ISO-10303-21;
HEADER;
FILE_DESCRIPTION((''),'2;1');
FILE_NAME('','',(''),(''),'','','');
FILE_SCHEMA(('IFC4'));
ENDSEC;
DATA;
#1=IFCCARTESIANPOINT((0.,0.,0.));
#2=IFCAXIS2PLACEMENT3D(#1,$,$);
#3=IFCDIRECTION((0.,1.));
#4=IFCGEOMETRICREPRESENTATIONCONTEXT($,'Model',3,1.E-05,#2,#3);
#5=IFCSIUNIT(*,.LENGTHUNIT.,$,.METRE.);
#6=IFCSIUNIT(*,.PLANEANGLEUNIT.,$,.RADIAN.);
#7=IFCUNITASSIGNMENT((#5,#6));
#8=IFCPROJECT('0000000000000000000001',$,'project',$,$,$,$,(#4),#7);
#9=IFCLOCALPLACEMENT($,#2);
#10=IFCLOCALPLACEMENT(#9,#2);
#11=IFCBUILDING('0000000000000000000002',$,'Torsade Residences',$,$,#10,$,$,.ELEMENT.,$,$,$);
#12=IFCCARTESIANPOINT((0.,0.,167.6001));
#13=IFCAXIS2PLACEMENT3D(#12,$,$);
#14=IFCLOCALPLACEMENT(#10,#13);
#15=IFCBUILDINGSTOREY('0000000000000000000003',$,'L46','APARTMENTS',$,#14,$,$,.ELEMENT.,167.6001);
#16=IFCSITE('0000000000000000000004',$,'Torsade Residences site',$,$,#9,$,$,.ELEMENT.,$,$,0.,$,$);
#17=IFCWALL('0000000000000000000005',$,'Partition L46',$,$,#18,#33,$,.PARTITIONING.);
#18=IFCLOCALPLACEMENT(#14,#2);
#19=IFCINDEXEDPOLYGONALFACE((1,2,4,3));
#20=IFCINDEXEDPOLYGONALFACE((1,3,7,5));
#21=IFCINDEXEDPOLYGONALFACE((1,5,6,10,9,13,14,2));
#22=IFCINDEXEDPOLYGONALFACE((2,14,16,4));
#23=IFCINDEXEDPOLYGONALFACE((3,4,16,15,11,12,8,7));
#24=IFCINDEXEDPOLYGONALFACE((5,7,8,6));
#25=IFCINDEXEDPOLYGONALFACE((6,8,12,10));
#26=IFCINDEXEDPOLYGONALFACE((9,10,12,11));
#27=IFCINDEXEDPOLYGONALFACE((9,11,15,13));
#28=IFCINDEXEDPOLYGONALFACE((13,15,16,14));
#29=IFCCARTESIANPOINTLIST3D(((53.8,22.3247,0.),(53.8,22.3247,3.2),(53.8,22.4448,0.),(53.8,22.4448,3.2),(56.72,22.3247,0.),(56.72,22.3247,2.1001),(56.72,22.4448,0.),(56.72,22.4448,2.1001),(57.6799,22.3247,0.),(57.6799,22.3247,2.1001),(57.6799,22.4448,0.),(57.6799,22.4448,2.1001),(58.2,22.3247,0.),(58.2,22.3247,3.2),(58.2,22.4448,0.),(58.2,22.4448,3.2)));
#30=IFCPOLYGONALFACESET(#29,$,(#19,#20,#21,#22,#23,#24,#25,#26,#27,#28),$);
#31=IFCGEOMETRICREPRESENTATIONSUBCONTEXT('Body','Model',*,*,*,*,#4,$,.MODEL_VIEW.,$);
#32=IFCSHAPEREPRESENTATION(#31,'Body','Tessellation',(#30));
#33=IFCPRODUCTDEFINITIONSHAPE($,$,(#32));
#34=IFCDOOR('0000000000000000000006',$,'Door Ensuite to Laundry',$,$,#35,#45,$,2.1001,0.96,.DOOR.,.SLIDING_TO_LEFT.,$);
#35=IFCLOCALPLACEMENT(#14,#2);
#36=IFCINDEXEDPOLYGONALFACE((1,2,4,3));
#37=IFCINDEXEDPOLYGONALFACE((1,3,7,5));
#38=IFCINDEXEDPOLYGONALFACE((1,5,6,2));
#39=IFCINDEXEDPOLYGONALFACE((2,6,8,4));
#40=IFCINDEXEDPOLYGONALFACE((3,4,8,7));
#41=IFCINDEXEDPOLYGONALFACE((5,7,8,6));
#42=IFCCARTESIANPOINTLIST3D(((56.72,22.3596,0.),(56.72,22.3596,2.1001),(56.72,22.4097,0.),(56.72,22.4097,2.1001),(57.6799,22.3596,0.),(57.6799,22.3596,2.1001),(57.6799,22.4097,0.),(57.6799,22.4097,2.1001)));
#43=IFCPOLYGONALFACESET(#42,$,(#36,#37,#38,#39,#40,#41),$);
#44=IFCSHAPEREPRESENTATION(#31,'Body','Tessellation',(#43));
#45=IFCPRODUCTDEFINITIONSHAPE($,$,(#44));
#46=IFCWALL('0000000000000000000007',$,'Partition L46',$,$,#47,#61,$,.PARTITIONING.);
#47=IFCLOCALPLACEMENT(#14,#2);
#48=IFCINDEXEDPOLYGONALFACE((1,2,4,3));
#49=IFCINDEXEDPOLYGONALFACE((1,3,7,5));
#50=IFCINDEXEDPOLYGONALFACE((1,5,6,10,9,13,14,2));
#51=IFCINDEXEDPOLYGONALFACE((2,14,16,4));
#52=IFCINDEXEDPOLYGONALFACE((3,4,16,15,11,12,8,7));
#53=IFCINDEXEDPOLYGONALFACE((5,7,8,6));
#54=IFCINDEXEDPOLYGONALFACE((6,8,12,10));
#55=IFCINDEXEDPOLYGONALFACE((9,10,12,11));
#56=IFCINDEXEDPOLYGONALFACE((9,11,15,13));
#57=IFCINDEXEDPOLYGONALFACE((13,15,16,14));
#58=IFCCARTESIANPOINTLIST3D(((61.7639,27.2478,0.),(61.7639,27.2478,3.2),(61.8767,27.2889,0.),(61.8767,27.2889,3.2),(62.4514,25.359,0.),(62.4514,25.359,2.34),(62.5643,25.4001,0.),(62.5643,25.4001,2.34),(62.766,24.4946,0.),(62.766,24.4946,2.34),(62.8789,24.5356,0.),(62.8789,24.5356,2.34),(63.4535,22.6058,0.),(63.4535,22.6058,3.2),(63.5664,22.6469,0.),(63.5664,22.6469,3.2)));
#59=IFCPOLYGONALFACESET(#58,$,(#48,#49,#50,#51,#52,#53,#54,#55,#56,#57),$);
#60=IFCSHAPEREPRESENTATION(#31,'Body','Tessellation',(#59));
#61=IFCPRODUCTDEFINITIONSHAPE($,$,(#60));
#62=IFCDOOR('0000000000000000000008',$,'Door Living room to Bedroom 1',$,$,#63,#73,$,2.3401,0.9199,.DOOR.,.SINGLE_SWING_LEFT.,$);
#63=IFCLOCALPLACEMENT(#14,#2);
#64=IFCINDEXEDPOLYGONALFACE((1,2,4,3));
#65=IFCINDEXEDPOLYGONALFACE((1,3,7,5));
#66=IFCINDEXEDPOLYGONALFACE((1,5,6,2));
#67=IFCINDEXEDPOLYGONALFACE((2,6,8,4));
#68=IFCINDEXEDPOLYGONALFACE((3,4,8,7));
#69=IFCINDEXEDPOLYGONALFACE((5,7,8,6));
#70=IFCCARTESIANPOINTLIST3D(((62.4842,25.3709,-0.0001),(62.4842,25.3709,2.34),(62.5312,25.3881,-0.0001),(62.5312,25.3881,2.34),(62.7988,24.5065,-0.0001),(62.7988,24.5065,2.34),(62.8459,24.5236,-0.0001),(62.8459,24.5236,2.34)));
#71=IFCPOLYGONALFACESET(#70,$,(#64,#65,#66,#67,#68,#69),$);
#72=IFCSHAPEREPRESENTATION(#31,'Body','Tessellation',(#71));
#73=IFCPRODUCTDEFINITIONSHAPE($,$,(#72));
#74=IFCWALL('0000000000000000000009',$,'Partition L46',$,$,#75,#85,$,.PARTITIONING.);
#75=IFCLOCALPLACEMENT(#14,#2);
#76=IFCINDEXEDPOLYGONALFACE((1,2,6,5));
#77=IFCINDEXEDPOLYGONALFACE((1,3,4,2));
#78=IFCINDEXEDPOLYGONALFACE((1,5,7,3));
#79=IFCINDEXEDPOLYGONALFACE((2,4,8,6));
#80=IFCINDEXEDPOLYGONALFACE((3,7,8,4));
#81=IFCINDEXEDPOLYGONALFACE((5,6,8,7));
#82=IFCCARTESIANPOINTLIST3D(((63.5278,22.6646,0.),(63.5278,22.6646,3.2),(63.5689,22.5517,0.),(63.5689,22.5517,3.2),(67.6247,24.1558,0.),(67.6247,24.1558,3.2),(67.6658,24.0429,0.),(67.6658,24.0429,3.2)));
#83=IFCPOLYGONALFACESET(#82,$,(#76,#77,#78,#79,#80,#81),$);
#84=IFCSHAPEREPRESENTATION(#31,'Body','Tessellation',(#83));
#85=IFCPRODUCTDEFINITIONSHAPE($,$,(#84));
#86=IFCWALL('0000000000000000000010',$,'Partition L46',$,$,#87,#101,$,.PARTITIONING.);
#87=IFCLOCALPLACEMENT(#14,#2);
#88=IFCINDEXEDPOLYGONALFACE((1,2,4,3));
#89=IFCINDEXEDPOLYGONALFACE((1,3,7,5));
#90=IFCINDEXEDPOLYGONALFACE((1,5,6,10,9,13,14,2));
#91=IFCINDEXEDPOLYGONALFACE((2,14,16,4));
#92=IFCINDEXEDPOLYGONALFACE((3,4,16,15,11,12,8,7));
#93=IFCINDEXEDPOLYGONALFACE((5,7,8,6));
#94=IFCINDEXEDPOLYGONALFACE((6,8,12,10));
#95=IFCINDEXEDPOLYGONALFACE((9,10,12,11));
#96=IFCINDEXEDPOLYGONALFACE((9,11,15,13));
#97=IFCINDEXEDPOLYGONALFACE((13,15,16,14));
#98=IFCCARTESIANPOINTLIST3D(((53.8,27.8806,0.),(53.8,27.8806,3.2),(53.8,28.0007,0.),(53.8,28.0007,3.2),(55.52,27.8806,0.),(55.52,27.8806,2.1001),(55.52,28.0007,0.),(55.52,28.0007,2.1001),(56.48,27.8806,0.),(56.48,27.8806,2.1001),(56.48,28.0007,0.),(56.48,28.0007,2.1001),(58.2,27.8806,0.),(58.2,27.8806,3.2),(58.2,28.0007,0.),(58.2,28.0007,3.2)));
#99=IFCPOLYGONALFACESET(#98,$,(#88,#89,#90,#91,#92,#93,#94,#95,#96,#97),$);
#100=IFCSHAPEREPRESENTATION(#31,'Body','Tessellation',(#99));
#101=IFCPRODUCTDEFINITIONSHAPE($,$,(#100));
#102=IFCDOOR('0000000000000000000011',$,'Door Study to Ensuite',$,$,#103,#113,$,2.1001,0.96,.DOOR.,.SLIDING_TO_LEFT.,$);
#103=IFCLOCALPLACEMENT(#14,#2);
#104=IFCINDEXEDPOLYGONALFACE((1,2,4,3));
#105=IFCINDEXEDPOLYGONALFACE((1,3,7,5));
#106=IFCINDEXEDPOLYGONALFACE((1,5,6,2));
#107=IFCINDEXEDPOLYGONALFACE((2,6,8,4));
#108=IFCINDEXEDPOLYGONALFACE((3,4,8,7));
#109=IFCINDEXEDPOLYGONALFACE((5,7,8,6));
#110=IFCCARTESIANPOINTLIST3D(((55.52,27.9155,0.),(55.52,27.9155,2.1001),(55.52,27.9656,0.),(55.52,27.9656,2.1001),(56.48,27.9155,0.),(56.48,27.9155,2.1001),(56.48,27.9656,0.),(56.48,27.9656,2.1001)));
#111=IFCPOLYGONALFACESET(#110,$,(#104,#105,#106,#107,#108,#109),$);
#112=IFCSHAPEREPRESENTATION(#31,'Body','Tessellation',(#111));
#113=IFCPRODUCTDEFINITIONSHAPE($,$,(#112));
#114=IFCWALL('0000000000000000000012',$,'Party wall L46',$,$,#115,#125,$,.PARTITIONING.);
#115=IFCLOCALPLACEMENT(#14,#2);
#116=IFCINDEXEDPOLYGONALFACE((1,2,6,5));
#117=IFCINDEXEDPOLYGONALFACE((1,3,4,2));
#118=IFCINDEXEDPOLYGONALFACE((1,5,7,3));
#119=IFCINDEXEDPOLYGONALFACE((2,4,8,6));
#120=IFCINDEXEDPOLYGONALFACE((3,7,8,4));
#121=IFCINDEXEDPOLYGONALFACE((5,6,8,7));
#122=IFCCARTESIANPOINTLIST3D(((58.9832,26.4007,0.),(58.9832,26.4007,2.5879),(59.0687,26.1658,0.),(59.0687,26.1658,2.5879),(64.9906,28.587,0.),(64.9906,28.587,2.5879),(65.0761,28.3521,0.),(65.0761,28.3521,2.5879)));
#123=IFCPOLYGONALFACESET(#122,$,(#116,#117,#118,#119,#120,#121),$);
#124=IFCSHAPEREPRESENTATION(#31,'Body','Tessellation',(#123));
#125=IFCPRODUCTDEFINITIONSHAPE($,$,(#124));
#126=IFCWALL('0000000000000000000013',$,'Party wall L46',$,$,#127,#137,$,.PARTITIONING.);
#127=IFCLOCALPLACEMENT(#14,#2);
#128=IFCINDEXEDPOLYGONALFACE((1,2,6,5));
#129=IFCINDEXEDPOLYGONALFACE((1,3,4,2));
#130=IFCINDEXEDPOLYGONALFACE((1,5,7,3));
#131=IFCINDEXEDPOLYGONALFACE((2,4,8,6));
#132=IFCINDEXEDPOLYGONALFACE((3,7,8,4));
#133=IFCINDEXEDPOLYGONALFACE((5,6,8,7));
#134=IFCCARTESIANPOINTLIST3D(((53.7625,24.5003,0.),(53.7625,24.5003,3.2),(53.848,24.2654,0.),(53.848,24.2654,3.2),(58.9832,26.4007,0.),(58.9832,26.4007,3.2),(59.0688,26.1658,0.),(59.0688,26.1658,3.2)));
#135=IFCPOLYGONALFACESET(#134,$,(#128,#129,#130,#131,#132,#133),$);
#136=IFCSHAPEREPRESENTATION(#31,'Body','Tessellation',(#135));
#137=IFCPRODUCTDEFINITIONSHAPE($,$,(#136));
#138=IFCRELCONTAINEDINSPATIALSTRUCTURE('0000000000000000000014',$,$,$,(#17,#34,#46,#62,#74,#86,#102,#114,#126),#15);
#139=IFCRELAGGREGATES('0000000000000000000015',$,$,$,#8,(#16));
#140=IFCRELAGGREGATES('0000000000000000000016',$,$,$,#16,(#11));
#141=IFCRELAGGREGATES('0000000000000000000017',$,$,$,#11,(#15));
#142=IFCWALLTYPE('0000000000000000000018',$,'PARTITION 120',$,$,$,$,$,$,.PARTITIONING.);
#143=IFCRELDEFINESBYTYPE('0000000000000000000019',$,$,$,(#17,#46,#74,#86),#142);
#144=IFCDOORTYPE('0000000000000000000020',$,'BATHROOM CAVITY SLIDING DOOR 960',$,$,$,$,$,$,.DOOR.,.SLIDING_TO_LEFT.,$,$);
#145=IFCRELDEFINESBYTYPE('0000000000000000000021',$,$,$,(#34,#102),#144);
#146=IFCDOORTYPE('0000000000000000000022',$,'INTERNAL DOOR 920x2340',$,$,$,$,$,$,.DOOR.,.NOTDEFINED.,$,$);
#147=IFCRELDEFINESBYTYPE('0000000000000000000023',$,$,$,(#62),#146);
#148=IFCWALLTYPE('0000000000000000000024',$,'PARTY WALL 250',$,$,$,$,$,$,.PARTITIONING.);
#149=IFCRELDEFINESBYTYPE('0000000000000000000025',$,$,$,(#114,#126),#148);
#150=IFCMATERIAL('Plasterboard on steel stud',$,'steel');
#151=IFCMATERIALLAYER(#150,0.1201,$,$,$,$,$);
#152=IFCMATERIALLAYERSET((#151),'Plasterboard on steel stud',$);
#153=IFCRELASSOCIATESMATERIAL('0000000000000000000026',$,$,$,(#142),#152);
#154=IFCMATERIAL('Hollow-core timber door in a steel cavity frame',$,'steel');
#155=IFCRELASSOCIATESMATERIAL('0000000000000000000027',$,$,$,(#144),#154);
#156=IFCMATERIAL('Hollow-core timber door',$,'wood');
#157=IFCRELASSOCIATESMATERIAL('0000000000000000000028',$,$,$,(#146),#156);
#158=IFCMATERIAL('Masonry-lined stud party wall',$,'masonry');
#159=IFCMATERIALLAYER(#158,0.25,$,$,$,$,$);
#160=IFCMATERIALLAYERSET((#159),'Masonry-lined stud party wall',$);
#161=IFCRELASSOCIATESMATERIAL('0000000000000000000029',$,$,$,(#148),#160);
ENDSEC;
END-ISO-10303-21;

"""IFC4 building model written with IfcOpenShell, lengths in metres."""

from ifc_helpers import new_model, si_unit, direction, frame, frame_2d, origin, place, context, subcontext, project, spatial, rectangle, extrude, material, layer, layer_set, type_object, element, fill, save


model = new_model("IFC4")

# Units and contexts
model_context = context("Model", 3, precision=1e-05, world=origin(), true_north=direction((0.0, 1.0)))
body_context = subcontext(model_context, "Body", "Model", "MODEL_VIEW")
ifc_project = project(units=[si_unit("LENGTHUNIT", "METRE"), si_unit("PLANEANGLEUNIT", "RADIAN")], contexts=[model_context])

# Site, building, storey
site_placement = place(None, origin())
site = spatial("IfcSite", under=ifc_project, at=site_placement, Name="Torsade Residences site", CompositionType="ELEMENT", RefElevation=0.0)
building_placement = place(site_placement, origin())
building = spatial("IfcBuilding", under=site, at=building_placement, Name="Torsade Residences", CompositionType="ELEMENT")
storey_placement = place(building_placement, frame((0.0, 0.0, 167.6001)))
storey = spatial("IfcBuildingStorey", under=building, at=storey_placement, Name="L46", Description="APARTMENTS", CompositionType="ELEMENT", Elevation=167.6001)

# Walls, openings, doors
ifc_material_1 = material(Name="Plasterboard on steel stud", Category="steel")
ifc_layer_1 = layer(ifc_material_1, 0.1201)
ifc_layer_set_1 = layer_set([ifc_layer_1], Name="Plasterboard on steel stud")
wall_type_1 = type_object("IfcWallType", Name="PARTITION 120", PredefinedType="PARTITIONING", material=ifc_layer_set_1)
ifc_material_2 = material(Name="Hollow-core timber door in a steel cavity frame", Category="steel")
door_type_1 = type_object("IfcDoorType", Name="BATHROOM CAVITY SLIDING DOOR 960", OperationType="SLIDING_TO_LEFT", PredefinedType="DOOR", material=ifc_material_2)
wall_1_placement = place(storey_placement, frame((53.8, 22.3848, 0.0), z_axis=(0.0, 0.0, 1.0), x_axis=(1.0, 0.0, 0.0)))
wall_1 = element("IfcWall", 1, at=wall_1_placement, inside=storey, type_object=wall_type_1, Name="Partition L46", PredefinedType="PARTITIONING", context=body_context, shape_type="SweptSolid", body=[
    extrude(rectangle(XDim=4.3999, YDim=0.1201, at=frame_2d((2.2, 0.0))), origin(), (0.0, 0.0, 1.0), 3.2),
])
opening_1_placement = place(wall_1_placement, frame((2.9199, 0.0, 0.0)))
opening_1 = element("IfcOpeningElement", 2, at=opening_1_placement, cuts=wall_1, PredefinedType="OPENING", context=body_context, shape_type="SweptSolid", body=[
    extrude(rectangle(XDim=0.96, YDim=2.1001, at=frame_2d((0.48, 1.05))), frame((0.0, 0.0701, 0.0), z_axis=(0.0, -1.0, 0.0), x_axis=(1.0, 0.0, 0.0)), (0.0, 0.0, 1.0), 0.1401),
])
door_1_placement = place(opening_1_placement, origin())
door_1 = element("IfcDoor", 3, at=door_1_placement, inside=storey, type_object=door_type_1, Name="Door Ensuite to Laundry", OperationType="SLIDING_TO_LEFT", OverallHeight=2.1001, OverallWidth=0.96, PredefinedType="DOOR", context=body_context, shape_type="SweptSolid", body=[
    extrude(rectangle(XDim=0.96, YDim=2.1001, at=frame_2d((0.48, 1.05))), frame((0.0, 0.0249, 0.0), z_axis=(0.0, -1.0, 0.0), x_axis=(1.0, 0.0, 0.0)), (0.0, 0.0, 1.0), 0.05),
])
fill(opening_1, door_1)
wall_2_placement = place(storey_placement, frame((61.8203, 27.2683, 0.0), z_axis=(0.0, 0.0, 1.0), x_axis=(0.342041, -0.939685, 0.0)))
wall_2 = element("IfcWall", 4, at=wall_2_placement, inside=storey, type_object=wall_type_1, Name="Partition L46", PredefinedType="PARTITIONING", context=body_context, shape_type="SweptSolid", body=[
    extrude(rectangle(XDim=4.9399, YDim=0.1201, at=frame_2d((2.47, 0.0))), origin(), (0.0, 0.0, 1.0), 3.2),
])
opening_2_placement = place(wall_2_placement, frame((2.01, 0.0, 0.0)))
opening_2 = element("IfcOpeningElement", 5, at=opening_2_placement, cuts=wall_2, PredefinedType="OPENING", context=body_context, shape_type="SweptSolid", body=[
    extrude(rectangle(XDim=0.9199, YDim=2.3401, at=frame_2d((0.46, 1.1699))), frame((0.0, 0.0701, 0.0), z_axis=(0.0, -1.0, 0.0), x_axis=(1.0, 0.0, 0.0)), (0.0, 0.0, 1.0), 0.1401),
])
ifc_material_3 = material(Name="Hollow-core timber door", Category="wood")
door_type_2 = type_object("IfcDoorType", Name="INTERNAL DOOR 920x2340", OperationType="NOTDEFINED", PredefinedType="DOOR", material=ifc_material_3)
door_2_placement = place(opening_2_placement, origin())
door_2 = element("IfcDoor", 6, at=door_2_placement, inside=storey, type_object=door_type_2, Name="Door Living room to Bedroom 1", OperationType="SINGLE_SWING_LEFT", OverallHeight=2.3401, OverallWidth=0.9199, PredefinedType="DOOR", context=body_context, shape_type="SweptSolid", body=[
    extrude(rectangle(XDim=0.9199, YDim=2.3401, at=frame_2d((0.46, 1.1699))), frame((0.0, 0.0249, 0.0), z_axis=(0.0, -1.0, 0.0), x_axis=(1.0, 0.0, 0.0)), (0.0, 0.0, 1.0), 0.05),
])
fill(opening_2, door_2)

# Wall
wall_3_placement = place(storey_placement, frame((63.5483, 22.6082, 0.0), z_axis=(0.0, 0.0, 1.0), x_axis=(0.939689, 0.342031, 0.0)))
element("IfcWall", 7, at=wall_3_placement, inside=storey, type_object=wall_type_1, Name="Partition L46", PredefinedType="PARTITIONING", context=body_context, shape_type="SweptSolid", body=[
    extrude(rectangle(XDim=4.3599, YDim=0.1201, at=frame_2d((2.1799, 0.0))), origin(), (0.0, 0.0, 1.0), 3.2),
])

# Wall, opening, door
wall_4_placement = place(storey_placement, frame((53.8, 27.9407, 0.0), z_axis=(0.0, 0.0, 1.0), x_axis=(1.0, 0.0, 0.0)))
wall_4 = element("IfcWall", 8, at=wall_4_placement, inside=storey, type_object=wall_type_1, Name="Partition L46", PredefinedType="PARTITIONING", context=body_context, shape_type="SweptSolid", body=[
    extrude(rectangle(XDim=4.3999, YDim=0.1201, at=frame_2d((2.2, 0.0))), origin(), (0.0, 0.0, 1.0), 3.2),
])
opening_3_placement = place(wall_4_placement, frame((1.72, 0.0, 0.0)))
opening_3 = element("IfcOpeningElement", 9, at=opening_3_placement, cuts=wall_4, PredefinedType="OPENING", context=body_context, shape_type="SweptSolid", body=[
    extrude(rectangle(XDim=0.96, YDim=2.1001, at=frame_2d((0.48, 1.05))), frame((0.0, 0.0701, 0.0), z_axis=(0.0, -1.0, 0.0), x_axis=(1.0, 0.0, 0.0)), (0.0, 0.0, 1.0), 0.1401),
])
door_3_placement = place(opening_3_placement, origin())
door_3 = element("IfcDoor", 10, at=door_3_placement, inside=storey, type_object=door_type_1, Name="Door Study to Ensuite", OperationType="SLIDING_TO_LEFT", OverallHeight=2.1001, OverallWidth=0.96, PredefinedType="DOOR", context=body_context, shape_type="SweptSolid", body=[
    extrude(rectangle(XDim=0.96, YDim=2.1001, at=frame_2d((0.48, 1.05))), frame((0.0, 0.0249, 0.0), z_axis=(0.0, -1.0, 0.0), x_axis=(1.0, 0.0, 0.0)), (0.0, 0.0, 1.0), 0.05),
])
fill(opening_3, door_3)

# Walls
ifc_material_4 = material(Name="Masonry-lined stud party wall", Category="masonry")
ifc_layer_2 = layer(ifc_material_4, 0.25)
ifc_layer_set_2 = layer_set([ifc_layer_2], Name="Masonry-lined stud party wall")
wall_type_2 = type_object("IfcWallType", Name="PARTY WALL 250", PredefinedType="PARTITIONING", material=ifc_layer_set_2)
wall_5_placement = place(storey_placement, frame((65.0332, 28.4695, 0.0), z_axis=(0.0, 0.0, 1.0), x_axis=(-0.939703, -0.341991, 0.0)))
element("IfcWall", 11, at=wall_5_placement, inside=storey, type_object=wall_type_2, Name="Party wall L46", PredefinedType="PARTITIONING", context=body_context, shape_type="SweptSolid", body=[
    extrude(rectangle(XDim=6.3928, YDim=0.25, at=frame_2d((3.1963, 0.0))), origin(), (0.0, 0.0, 1.0), 2.5879),
])
wall_6_placement = place(storey_placement, frame((59.0259, 26.2832, 0.0), z_axis=(0.0, 0.0, 1.0), x_axis=(-0.93968, -0.342054, 0.0)))
element("IfcWall", 12, at=wall_6_placement, inside=storey, type_object=wall_type_2, Name="Party wall L46", PredefinedType="PARTITIONING", context=body_context, shape_type="SweptSolid", body=[
    extrude(rectangle(XDim=5.5559, YDim=0.25, at=frame_2d((2.7778, 0.0))), origin(), (0.0, 0.0, 1.0), 3.2),
])

save(model, "model.ifc")
